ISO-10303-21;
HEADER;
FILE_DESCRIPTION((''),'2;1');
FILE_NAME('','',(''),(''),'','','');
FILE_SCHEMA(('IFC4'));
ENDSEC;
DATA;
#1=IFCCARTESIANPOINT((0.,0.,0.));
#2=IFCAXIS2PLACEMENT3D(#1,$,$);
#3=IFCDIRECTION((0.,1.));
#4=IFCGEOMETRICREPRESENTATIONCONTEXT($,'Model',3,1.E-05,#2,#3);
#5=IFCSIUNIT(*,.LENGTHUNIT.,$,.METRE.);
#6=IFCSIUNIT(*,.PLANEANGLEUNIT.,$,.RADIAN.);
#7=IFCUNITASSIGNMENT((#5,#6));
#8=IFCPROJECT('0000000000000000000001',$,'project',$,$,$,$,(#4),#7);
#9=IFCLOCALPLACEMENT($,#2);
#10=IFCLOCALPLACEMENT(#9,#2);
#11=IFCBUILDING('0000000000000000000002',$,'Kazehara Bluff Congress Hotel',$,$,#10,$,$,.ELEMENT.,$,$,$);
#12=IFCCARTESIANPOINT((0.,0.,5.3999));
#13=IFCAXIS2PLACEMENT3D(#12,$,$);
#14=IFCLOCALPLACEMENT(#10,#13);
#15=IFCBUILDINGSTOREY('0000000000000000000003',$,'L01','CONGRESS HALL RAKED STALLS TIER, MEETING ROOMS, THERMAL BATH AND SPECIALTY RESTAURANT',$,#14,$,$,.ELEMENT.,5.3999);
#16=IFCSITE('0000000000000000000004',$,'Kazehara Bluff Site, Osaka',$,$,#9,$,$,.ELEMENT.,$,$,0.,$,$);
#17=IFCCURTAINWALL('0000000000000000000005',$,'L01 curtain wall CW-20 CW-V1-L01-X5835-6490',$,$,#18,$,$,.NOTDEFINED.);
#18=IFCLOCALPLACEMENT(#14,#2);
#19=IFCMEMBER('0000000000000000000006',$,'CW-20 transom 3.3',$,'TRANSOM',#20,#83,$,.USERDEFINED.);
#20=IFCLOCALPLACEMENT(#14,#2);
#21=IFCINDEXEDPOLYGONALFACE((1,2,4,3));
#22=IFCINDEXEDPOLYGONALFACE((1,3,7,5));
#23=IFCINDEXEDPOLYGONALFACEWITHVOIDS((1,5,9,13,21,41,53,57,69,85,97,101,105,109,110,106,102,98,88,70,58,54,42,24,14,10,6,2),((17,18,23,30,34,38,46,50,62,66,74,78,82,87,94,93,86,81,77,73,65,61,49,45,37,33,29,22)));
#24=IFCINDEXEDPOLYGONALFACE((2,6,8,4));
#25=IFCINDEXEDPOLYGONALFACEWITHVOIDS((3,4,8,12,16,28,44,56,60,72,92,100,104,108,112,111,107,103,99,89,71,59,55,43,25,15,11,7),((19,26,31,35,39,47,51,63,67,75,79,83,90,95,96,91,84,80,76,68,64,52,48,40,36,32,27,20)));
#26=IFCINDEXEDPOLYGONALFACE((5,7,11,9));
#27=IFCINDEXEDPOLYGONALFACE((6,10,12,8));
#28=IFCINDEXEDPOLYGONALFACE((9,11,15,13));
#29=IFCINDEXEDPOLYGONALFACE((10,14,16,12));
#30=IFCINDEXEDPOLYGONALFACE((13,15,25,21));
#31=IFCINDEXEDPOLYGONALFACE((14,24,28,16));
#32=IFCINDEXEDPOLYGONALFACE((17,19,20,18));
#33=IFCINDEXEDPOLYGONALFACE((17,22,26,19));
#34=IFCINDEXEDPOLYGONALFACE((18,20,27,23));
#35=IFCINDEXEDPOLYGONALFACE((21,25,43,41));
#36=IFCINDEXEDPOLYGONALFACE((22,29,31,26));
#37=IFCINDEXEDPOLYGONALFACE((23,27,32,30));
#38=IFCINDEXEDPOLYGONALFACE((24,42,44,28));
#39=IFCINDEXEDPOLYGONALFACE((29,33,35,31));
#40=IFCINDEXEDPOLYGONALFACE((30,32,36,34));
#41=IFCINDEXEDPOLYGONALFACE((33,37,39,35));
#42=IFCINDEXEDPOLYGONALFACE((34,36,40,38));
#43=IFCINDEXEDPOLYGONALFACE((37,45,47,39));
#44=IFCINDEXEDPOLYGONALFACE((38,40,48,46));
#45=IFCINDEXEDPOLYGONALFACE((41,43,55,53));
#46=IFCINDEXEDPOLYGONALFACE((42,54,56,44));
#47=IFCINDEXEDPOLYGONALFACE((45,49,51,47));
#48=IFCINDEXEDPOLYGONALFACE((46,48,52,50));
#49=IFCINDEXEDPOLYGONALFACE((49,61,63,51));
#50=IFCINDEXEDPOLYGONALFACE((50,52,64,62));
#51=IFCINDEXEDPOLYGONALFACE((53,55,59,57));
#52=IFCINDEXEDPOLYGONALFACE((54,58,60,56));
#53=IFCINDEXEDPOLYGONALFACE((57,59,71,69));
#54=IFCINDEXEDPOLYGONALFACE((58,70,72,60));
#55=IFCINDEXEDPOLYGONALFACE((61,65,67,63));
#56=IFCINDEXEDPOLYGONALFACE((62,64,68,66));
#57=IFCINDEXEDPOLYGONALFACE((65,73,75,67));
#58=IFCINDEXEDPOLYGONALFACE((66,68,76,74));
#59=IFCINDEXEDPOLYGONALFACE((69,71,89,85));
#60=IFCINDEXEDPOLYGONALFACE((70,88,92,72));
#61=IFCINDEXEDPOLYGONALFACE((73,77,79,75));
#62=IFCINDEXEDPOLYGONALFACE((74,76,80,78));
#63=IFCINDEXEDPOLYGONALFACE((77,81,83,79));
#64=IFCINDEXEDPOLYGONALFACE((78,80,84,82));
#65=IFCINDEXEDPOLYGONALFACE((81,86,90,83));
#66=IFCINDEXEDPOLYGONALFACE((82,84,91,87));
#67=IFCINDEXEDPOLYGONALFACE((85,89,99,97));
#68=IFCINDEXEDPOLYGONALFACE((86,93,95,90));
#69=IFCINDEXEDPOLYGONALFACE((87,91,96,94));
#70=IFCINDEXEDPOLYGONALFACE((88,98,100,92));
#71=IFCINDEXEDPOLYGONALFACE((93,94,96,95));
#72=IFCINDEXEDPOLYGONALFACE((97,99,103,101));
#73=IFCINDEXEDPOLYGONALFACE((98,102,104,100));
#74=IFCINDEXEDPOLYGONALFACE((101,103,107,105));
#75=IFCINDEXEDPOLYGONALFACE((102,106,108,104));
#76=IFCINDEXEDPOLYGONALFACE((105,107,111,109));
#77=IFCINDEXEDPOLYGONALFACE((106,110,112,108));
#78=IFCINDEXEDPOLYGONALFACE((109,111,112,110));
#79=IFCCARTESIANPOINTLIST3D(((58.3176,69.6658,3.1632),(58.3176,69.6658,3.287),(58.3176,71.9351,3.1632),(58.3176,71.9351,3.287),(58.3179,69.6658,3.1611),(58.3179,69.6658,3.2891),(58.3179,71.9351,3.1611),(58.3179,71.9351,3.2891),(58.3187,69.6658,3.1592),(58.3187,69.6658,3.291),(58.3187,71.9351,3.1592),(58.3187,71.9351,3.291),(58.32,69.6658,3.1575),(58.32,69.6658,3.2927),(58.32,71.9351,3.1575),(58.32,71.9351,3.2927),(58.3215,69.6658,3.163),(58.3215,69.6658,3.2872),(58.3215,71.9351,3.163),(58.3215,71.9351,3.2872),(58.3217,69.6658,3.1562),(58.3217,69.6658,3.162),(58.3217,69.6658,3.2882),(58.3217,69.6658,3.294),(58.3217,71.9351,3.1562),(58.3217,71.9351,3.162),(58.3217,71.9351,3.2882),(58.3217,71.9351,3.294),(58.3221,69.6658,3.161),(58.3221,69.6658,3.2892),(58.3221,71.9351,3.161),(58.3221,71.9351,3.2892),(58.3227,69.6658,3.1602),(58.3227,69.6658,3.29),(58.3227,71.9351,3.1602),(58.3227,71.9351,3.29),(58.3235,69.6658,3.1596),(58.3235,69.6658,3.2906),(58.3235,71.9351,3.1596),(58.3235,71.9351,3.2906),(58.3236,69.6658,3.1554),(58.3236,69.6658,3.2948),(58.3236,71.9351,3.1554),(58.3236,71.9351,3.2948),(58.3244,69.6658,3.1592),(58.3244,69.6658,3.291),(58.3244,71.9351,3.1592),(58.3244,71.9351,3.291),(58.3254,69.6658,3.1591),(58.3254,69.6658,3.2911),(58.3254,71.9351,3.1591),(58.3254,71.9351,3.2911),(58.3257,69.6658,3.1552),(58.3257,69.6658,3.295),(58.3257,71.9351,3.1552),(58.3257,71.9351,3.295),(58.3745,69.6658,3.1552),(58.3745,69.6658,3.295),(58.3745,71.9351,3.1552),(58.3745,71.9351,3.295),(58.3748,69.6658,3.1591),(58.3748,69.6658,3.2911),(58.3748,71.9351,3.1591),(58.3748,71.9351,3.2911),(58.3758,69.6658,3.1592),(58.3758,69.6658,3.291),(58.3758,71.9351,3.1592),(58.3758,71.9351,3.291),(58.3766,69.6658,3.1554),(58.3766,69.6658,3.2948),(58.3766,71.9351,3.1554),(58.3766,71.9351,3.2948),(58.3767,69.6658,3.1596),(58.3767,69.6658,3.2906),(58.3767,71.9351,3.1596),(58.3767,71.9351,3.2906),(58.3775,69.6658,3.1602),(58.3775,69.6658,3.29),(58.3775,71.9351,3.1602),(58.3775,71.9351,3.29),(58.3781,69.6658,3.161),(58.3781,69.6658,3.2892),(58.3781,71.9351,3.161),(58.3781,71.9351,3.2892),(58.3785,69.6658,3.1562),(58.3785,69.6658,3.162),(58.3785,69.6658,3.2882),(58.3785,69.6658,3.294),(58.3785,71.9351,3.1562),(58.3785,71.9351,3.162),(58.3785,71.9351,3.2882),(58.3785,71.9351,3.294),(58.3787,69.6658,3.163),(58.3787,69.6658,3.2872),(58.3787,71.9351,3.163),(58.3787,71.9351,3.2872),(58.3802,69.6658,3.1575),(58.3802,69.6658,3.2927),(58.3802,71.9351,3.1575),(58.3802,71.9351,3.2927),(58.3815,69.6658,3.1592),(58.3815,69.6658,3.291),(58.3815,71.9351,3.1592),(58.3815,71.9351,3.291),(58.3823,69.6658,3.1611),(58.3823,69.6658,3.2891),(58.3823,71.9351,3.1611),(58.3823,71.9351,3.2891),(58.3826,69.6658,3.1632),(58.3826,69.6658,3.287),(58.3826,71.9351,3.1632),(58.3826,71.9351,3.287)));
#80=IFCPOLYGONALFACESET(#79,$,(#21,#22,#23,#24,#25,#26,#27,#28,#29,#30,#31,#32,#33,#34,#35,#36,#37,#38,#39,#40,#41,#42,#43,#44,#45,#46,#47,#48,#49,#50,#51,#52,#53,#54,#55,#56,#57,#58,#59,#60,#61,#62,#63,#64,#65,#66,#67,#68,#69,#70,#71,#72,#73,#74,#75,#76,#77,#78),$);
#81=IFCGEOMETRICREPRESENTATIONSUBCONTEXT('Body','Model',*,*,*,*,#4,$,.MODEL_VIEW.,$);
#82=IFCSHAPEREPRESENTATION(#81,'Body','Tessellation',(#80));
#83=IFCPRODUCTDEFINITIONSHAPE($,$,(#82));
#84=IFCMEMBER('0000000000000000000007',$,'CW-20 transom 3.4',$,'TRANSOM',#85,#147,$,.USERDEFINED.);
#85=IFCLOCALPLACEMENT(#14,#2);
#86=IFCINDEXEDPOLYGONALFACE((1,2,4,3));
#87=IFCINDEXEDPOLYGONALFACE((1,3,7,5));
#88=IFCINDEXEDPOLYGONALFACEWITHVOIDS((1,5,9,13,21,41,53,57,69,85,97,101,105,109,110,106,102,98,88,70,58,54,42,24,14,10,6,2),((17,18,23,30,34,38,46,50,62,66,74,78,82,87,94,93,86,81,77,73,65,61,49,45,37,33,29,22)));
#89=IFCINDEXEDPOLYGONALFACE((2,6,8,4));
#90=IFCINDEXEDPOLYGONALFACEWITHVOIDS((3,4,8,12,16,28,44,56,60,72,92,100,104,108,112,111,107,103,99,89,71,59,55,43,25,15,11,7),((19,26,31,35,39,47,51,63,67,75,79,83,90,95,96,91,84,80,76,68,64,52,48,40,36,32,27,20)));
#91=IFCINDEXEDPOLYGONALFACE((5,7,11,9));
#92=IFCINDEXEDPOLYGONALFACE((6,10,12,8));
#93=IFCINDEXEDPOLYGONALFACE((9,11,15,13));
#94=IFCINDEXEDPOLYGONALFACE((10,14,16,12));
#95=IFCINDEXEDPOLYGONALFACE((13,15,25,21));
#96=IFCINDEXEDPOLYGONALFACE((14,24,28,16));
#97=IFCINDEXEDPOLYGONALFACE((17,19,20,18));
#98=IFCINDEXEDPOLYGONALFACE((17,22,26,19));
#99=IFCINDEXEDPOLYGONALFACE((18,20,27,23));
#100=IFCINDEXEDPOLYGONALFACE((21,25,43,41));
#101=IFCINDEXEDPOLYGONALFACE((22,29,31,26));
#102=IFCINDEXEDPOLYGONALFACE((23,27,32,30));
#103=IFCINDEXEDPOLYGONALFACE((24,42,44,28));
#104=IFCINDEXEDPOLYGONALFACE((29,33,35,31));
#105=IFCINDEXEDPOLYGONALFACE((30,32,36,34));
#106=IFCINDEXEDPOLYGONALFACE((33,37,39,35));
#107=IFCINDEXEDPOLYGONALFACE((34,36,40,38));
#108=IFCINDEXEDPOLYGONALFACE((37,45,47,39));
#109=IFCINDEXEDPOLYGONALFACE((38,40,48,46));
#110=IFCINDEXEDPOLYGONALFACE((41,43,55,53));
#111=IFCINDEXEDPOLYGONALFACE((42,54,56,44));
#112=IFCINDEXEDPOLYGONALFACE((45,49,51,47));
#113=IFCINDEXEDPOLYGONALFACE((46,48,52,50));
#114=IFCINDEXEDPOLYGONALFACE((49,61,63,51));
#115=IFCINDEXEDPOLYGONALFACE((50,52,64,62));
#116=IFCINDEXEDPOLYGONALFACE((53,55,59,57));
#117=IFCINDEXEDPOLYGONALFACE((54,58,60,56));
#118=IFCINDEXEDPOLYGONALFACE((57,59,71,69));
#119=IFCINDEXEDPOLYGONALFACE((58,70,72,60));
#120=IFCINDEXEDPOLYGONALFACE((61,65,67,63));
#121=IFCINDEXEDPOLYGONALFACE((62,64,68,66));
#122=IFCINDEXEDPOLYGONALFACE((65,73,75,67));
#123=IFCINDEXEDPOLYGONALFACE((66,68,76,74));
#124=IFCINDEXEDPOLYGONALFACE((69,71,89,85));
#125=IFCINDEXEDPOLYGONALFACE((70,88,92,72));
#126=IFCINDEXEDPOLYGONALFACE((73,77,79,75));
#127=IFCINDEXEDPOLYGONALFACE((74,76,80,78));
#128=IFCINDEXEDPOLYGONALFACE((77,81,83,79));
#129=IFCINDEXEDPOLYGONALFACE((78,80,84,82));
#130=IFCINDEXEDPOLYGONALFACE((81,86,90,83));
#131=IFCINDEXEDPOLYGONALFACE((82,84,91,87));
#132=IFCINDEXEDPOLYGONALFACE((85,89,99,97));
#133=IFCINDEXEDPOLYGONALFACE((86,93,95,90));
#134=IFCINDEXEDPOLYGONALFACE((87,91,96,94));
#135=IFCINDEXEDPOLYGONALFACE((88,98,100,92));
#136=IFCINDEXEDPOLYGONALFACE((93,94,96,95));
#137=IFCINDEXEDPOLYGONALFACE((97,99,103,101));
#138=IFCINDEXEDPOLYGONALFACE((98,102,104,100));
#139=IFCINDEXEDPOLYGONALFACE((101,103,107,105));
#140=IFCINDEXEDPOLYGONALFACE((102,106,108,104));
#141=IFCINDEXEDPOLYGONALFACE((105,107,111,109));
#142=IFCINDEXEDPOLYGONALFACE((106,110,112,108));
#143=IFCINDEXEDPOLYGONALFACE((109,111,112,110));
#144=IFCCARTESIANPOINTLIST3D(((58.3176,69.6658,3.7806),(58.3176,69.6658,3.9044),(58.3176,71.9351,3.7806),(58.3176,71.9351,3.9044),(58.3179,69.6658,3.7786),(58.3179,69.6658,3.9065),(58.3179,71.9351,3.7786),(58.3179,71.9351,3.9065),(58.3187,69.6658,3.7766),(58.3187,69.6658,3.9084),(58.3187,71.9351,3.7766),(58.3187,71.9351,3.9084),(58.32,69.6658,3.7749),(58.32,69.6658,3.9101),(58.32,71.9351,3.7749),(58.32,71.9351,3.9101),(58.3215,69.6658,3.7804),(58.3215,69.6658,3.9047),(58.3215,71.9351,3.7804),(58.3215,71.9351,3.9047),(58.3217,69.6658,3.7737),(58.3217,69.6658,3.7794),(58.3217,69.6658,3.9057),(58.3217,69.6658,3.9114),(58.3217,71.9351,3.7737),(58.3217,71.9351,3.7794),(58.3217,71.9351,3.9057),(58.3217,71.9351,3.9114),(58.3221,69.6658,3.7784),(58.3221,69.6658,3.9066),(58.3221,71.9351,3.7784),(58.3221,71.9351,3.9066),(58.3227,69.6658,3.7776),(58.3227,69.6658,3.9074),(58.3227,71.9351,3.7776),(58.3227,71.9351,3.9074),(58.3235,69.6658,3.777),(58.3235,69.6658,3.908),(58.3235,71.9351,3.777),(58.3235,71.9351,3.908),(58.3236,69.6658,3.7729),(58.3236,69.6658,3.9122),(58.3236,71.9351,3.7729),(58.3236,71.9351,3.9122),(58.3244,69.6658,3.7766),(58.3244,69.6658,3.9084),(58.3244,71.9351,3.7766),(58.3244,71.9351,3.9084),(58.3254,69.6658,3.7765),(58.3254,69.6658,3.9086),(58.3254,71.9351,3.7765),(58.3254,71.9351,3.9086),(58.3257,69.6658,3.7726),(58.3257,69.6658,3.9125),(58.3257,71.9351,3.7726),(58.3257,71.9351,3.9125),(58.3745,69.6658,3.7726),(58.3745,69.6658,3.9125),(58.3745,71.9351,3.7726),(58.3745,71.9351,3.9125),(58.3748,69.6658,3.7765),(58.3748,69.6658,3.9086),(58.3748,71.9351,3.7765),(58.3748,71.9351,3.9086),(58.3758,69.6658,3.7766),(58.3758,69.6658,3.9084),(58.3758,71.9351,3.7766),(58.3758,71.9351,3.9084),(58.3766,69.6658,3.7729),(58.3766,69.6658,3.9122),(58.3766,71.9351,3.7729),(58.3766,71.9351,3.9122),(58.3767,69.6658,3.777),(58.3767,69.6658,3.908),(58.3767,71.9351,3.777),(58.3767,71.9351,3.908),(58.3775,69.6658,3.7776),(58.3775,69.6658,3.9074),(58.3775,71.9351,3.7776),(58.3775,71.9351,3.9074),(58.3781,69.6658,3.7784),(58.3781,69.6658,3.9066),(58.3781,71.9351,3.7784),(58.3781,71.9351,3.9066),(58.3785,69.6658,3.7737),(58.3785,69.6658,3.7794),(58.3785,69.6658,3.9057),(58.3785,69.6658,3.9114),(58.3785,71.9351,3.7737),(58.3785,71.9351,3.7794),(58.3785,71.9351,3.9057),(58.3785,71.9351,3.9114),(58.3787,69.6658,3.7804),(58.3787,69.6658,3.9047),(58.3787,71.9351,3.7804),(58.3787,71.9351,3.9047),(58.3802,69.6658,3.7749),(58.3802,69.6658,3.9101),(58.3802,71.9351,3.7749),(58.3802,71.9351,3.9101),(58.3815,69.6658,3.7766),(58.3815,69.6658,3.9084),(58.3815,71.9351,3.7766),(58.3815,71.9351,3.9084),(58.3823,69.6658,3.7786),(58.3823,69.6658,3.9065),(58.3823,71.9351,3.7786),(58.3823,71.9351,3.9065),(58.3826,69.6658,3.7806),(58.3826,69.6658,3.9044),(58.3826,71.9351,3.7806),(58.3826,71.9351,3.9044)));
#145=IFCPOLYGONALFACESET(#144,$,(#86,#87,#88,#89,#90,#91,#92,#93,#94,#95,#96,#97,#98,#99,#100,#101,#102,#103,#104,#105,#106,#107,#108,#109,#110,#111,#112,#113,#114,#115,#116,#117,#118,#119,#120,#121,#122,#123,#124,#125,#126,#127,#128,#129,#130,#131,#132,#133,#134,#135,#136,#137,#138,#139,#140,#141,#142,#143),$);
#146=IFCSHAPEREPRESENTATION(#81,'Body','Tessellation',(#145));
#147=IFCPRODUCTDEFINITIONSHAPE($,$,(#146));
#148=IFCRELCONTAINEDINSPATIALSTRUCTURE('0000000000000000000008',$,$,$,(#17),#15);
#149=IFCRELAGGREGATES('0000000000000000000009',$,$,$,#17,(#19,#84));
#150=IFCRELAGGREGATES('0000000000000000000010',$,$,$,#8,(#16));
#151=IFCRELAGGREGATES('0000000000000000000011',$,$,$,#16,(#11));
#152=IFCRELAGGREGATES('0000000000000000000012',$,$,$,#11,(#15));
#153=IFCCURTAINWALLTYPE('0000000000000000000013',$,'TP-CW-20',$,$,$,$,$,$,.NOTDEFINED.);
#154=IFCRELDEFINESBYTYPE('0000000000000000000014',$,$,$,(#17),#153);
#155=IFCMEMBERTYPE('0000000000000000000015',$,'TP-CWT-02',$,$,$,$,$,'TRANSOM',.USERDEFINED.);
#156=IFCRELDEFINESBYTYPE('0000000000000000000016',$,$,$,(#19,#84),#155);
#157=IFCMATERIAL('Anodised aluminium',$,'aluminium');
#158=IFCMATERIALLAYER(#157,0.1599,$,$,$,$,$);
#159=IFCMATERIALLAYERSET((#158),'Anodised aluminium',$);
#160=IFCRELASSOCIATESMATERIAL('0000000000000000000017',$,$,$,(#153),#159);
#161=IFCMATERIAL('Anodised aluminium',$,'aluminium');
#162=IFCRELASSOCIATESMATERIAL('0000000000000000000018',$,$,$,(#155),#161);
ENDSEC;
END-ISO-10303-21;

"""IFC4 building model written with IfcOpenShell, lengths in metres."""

from ifc_helpers import new_model, si_unit, direction, frame, origin, origin_2d, place, context, subcontext, project, spatial, hollow_rectangle, extrude, material, layer, layer_set, material_profile, profile_set, type_object, element, aggregate, save


model = new_model("IFC4")

# Units and contexts
model_context = context("Model", 3, precision=1e-05, world=origin(), true_north=direction((0.0, 1.0)))
body_context = subcontext(model_context, "Body", "Model", "MODEL_VIEW")
ifc_project = project(units=[si_unit("LENGTHUNIT", "METRE"), si_unit("PLANEANGLEUNIT", "RADIAN")], contexts=[model_context])

# Site, building, storey
site_placement = place(None, origin())
site = spatial("IfcSite", under=ifc_project, at=site_placement, Name="Kazehara Bluff Site, Osaka", CompositionType="ELEMENT", RefElevation=0.0)
building_placement = place(site_placement, origin())
building = spatial("IfcBuilding", under=site, at=building_placement, Name="Kazehara Bluff Congress Hotel", CompositionType="ELEMENT")
storey_placement = place(building_placement, frame((0.0, 0.0, 5.3999)))
storey = spatial("IfcBuildingStorey", under=building, at=storey_placement, Name="L01", Description="CONGRESS HALL RAKED STALLS TIER, MEETING ROOMS, THERMAL BATH AND SPECIALTY RESTAURANT", CompositionType="ELEMENT", Elevation=5.3999)

# Curtain wall
ifc_material_1 = material(Name="Anodised aluminium", Category="aluminium")
ifc_layer_1 = layer(ifc_material_1, 0.1599)
ifc_layer_set_1 = layer_set([ifc_layer_1], Name="Anodised aluminium")
curtain_wall_type_1 = type_object("IfcCurtainWallType", Name="TP-CW-20", PredefinedType="NOTDEFINED", material=ifc_layer_set_1)
curtain_wall_1_placement = place(storey_placement, origin())
curtain_wall_1 = element("IfcCurtainWall", 1, at=curtain_wall_1_placement, inside=storey, type_object=curtain_wall_type_1, Name="L01 curtain wall CW-20 CW-V1-L01-X5835-6490", PredefinedType="NOTDEFINED")

# Members
ifc_material_2 = material(Name="Anodised aluminium", Category="aluminium")
ifc_material_profile_1 = material_profile(ifc_material_2, hollow_rectangle(XDim=0.0649, YDim=0.1399, WallThickness=0.0039, InnerFilletRadius=0.0039, OuterFilletRadius=0.0081, at=origin_2d()))
ifc_profile_set_1 = profile_set([ifc_material_profile_1], Name="Anodised aluminium")
member_type_1 = type_object("IfcMemberType", Name="TP-CWT-02", ElementType="TRANSOM", PredefinedType="USERDEFINED", material=ifc_profile_set_1)
member_1_placement = place(storey_placement, frame((58.3501, 69.6658, 3.2251), z_axis=(0.0, 1.0, 0.0), x_axis=(-1.0, 0.0, 0.0)))
member_1 = element("IfcMember", 2, at=member_1_placement, type_object=member_type_1, Name="CW-20 transom 3.3", ObjectType="TRANSOM", PredefinedType="USERDEFINED", context=body_context, shape_type="SweptSolid", body=[
    extrude(hollow_rectangle(XDim=0.0649, YDim=0.1399, WallThickness=0.0039, InnerFilletRadius=0.0039, OuterFilletRadius=0.0081, at=origin_2d()), origin(), (0.0, 0.0, 1.0), 2.2693),
])
member_2_placement = place(storey_placement, frame((58.3501, 69.6658, 3.8425), z_axis=(0.0, 1.0, 0.0), x_axis=(-1.0, 0.0, 0.0)))
member_2 = element("IfcMember", 3, at=member_2_placement, type_object=member_type_1, Name="CW-20 transom 3.4", ObjectType="TRANSOM", PredefinedType="USERDEFINED", context=body_context, shape_type="SweptSolid", body=[
    extrude(hollow_rectangle(XDim=0.0649, YDim=0.1399, WallThickness=0.0039, InnerFilletRadius=0.0039, OuterFilletRadius=0.0081, at=origin_2d()), origin(), (0.0, 0.0, 1.0), 2.2693),
])

aggregate(curtain_wall_1, [member_1, member_2])

save(model, "model.ifc")
